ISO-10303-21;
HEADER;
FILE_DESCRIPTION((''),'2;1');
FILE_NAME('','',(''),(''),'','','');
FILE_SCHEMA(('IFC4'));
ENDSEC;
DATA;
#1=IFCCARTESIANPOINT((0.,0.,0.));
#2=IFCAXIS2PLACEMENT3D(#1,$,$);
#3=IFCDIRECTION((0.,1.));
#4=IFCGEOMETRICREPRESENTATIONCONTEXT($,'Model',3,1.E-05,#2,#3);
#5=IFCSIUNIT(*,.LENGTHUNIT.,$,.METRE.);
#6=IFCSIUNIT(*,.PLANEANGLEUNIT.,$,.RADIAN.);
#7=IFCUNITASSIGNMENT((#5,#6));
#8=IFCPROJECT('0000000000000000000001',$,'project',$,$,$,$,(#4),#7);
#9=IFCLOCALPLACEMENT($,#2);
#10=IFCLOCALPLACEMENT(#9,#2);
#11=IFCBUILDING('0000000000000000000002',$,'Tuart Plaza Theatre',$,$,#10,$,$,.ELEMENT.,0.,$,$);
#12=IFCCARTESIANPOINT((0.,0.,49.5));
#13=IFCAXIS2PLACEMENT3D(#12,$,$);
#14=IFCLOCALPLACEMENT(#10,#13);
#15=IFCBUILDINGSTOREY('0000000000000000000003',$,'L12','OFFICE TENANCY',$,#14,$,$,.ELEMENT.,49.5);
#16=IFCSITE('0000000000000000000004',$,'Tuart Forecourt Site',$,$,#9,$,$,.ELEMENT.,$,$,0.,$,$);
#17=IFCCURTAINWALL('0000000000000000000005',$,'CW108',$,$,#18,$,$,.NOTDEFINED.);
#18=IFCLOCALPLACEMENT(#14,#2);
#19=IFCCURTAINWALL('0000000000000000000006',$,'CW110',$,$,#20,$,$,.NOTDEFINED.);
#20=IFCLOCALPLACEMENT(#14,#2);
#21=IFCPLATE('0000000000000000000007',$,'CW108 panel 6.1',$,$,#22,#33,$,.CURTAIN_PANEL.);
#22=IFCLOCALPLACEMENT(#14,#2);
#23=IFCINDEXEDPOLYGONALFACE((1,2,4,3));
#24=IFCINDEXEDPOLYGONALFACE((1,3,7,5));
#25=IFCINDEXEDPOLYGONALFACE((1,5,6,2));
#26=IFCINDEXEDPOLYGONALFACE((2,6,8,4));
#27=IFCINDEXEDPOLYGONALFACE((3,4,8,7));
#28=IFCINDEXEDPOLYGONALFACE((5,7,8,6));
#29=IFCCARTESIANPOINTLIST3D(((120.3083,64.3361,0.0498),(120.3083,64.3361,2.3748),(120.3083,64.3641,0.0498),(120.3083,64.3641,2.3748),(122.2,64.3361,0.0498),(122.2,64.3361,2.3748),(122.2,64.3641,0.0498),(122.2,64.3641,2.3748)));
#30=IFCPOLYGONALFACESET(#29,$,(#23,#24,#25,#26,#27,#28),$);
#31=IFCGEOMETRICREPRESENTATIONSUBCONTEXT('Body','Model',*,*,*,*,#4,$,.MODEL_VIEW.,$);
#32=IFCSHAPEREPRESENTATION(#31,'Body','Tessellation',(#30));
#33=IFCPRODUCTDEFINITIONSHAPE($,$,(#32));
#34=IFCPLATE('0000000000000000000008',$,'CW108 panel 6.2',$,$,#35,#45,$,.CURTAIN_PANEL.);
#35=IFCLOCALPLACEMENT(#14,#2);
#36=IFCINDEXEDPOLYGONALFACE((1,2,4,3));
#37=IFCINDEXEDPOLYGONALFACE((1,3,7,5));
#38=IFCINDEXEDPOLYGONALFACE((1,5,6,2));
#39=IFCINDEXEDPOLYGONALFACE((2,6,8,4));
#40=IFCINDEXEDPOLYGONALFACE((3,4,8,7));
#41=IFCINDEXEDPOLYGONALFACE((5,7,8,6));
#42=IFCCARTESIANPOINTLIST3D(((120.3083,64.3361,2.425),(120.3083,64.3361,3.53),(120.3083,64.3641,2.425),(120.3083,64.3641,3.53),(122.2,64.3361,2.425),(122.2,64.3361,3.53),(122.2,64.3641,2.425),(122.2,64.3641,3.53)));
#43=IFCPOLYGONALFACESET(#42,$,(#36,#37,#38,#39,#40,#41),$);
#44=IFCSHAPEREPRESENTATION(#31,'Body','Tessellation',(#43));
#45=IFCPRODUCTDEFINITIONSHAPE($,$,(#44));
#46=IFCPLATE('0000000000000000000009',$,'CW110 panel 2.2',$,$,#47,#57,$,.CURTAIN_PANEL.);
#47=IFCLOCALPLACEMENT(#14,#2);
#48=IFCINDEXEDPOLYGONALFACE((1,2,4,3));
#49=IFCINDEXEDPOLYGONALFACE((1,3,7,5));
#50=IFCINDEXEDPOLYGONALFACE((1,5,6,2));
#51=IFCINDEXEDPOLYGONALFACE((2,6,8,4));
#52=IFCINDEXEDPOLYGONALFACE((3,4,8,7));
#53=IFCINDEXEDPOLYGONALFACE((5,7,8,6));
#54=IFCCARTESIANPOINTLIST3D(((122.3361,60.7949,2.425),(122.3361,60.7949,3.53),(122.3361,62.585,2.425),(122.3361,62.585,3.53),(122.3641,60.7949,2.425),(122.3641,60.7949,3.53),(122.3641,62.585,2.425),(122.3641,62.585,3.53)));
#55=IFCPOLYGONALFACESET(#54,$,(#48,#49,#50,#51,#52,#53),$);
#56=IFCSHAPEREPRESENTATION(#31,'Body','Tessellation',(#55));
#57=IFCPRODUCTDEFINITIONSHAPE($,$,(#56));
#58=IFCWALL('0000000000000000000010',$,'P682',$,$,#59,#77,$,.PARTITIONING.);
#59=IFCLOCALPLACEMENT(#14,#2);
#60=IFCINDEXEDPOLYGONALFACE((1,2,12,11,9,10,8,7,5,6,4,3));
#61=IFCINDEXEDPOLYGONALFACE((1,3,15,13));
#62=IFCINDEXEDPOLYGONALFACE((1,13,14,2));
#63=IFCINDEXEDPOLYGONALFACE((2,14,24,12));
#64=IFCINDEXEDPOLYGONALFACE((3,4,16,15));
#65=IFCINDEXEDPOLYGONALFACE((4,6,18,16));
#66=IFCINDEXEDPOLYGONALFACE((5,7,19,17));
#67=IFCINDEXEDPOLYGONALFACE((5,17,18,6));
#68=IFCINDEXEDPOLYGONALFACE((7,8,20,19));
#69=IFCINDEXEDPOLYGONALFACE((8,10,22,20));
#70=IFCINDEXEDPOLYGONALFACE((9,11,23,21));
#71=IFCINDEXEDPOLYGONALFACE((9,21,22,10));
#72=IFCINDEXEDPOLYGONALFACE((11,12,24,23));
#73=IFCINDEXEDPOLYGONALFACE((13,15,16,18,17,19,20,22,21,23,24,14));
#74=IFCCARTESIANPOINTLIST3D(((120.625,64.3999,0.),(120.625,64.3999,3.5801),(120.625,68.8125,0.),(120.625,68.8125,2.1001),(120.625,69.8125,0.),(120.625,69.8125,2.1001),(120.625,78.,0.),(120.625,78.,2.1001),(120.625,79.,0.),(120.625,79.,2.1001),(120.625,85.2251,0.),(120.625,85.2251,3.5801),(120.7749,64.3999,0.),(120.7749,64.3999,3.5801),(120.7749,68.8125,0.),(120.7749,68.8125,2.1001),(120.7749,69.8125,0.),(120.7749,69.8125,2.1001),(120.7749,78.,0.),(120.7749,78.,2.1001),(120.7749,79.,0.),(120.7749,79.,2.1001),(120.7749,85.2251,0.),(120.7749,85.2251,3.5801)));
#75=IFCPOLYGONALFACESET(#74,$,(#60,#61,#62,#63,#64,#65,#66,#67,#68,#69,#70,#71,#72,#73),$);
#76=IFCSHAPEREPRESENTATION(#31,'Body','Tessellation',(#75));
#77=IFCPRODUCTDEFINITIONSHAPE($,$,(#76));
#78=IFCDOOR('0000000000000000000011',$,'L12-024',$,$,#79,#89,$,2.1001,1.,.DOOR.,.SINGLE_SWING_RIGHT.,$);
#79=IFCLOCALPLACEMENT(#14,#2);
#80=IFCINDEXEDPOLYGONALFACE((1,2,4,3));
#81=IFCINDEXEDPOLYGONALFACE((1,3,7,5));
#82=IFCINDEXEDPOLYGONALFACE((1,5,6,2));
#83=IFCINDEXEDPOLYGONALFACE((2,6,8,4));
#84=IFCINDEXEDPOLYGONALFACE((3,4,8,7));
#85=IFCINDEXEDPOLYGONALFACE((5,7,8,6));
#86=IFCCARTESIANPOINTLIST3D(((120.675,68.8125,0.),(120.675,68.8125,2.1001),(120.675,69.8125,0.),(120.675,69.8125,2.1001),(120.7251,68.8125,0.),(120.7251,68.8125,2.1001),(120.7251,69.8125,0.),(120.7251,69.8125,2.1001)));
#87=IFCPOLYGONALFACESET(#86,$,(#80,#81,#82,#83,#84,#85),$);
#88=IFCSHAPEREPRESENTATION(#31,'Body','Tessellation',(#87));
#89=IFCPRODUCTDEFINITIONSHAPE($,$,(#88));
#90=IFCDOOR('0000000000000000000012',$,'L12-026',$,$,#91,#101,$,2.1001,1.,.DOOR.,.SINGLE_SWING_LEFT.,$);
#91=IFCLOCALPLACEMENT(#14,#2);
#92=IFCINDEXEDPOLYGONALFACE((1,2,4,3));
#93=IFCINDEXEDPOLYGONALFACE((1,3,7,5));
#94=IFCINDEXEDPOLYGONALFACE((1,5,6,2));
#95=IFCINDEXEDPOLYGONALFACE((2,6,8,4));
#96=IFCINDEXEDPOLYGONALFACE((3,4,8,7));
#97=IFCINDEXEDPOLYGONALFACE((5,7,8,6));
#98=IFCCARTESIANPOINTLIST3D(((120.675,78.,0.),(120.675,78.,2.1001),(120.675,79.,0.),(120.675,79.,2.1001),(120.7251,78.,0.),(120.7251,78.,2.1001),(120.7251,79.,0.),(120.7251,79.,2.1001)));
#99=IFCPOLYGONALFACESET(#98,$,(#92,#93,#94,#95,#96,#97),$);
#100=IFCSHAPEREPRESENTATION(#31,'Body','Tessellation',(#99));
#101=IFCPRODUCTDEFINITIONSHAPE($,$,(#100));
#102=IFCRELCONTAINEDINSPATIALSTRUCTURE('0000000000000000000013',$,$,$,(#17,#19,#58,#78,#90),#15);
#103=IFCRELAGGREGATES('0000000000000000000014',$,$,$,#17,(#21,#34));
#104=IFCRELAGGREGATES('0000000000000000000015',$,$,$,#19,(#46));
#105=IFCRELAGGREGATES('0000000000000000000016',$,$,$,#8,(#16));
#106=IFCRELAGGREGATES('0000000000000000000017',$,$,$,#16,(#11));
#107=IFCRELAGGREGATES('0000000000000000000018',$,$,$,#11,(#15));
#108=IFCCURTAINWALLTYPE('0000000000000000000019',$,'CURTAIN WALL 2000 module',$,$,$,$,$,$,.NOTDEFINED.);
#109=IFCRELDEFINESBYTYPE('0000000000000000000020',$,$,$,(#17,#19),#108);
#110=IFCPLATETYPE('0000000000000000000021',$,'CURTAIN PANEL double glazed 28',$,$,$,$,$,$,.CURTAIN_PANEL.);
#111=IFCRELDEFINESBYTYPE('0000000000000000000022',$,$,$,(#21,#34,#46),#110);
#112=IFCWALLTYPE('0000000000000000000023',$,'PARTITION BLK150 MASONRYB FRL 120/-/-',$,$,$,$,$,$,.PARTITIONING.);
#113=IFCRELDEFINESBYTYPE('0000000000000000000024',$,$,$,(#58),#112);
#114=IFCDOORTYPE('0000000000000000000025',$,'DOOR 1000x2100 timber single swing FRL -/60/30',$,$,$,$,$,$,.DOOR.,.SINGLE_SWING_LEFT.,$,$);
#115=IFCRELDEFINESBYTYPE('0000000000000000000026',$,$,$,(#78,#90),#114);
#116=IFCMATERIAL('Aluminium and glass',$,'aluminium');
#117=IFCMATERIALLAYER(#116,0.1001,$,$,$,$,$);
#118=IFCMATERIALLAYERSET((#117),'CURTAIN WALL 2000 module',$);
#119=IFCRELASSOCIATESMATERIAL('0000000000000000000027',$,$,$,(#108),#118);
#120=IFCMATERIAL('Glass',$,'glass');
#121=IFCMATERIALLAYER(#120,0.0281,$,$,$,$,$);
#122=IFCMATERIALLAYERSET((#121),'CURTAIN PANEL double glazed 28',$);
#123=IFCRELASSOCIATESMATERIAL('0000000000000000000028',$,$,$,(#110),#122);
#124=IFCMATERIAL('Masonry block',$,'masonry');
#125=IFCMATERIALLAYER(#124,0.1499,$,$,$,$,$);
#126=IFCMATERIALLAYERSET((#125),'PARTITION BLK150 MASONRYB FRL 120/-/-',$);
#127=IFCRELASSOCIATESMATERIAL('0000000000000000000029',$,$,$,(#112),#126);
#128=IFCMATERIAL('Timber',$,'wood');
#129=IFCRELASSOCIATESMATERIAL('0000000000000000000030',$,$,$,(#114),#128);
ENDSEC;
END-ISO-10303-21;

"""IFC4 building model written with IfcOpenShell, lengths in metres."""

from ifc_helpers import new_model, si_unit, direction, frame, frame_2d, origin, origin_2d, place, context, subcontext, project, spatial, rectangle, extrude, material, layer, layer_set, type_object, element, fill, aggregate, save


model = new_model("IFC4")

# Units and contexts
model_context = context("Model", 3, precision=1e-05, world=origin(), true_north=direction((0.0, 1.0)))
body_context = subcontext(model_context, "Body", "Model", "MODEL_VIEW")
ifc_project = project(units=[si_unit("LENGTHUNIT", "METRE"), si_unit("PLANEANGLEUNIT", "RADIAN")], contexts=[model_context])

# Site, building, storey
site_placement = place(None, origin())
site = spatial("IfcSite", under=ifc_project, at=site_placement, Name="Tuart Forecourt Site", CompositionType="ELEMENT", RefElevation=0.0)
building_placement = place(site_placement, origin())
building = spatial("IfcBuilding", under=site, at=building_placement, Name="Tuart Plaza Theatre", CompositionType="ELEMENT", ElevationOfRefHeight=0.0)
storey_placement = place(building_placement, frame((0.0, 0.0, 49.5)))
storey = spatial("IfcBuildingStorey", under=building, at=storey_placement, Name="L12", Description="OFFICE TENANCY", CompositionType="ELEMENT", Elevation=49.5)

# Curtain walls
ifc_material_1 = material(Name="Aluminium and glass", Category="aluminium")
ifc_layer_1 = layer(ifc_material_1, 0.1001)
ifc_layer_set_1 = layer_set([ifc_layer_1], Name="CURTAIN WALL 2000 module")
curtain_wall_type = type_object("IfcCurtainWallType", Name="CURTAIN WALL 2000 module", PredefinedType="NOTDEFINED", material=ifc_layer_set_1)
curtain_wall_1_placement = place(storey_placement, origin())
curtain_wall_1 = element("IfcCurtainWall", 1, at=curtain_wall_1_placement, inside=storey, type_object=curtain_wall_type, Name="CW108", PredefinedType="NOTDEFINED")
curtain_wall_2_placement = place(storey_placement, origin())
curtain_wall_2 = element("IfcCurtainWall", 2, at=curtain_wall_2_placement, inside=storey, type_object=curtain_wall_type, Name="CW110", PredefinedType="NOTDEFINED")

# Plates
ifc_material_2 = material(Name="Glass", Category="glass")
ifc_layer_2 = layer(ifc_material_2, 0.0281)
ifc_layer_set_2 = layer_set([ifc_layer_2], Name="CURTAIN PANEL double glazed 28")
plate_type = type_object("IfcPlateType", Name="CURTAIN PANEL double glazed 28", PredefinedType="CURTAIN_PANEL", material=ifc_layer_set_2)
plate_1_placement = place(storey_placement, frame((121.2542, 64.3501, 0.0498), z_axis=(0.0, 0.0, 1.0), x_axis=(1.0, 0.0, 0.0)))
plate_1 = element("IfcPlate", 3, at=plate_1_placement, type_object=plate_type, Name="CW108 panel 6.1", PredefinedType="CURTAIN_PANEL", context=body_context, shape_type="SweptSolid", body=[
    extrude(rectangle(XDim=1.8916, YDim=0.0281, at=origin_2d()), origin(), (0.0, 0.0, 1.0), 2.325),
])
plate_2_placement = place(storey_placement, frame((121.2542, 64.3501, 2.425), z_axis=(0.0, 0.0, 1.0), x_axis=(1.0, 0.0, 0.0)))
plate_2 = element("IfcPlate", 4, at=plate_2_placement, type_object=plate_type, Name="CW108 panel 6.2", PredefinedType="CURTAIN_PANEL", context=body_context, shape_type="SweptSolid", body=[
    extrude(rectangle(XDim=1.8916, YDim=0.0281, at=origin_2d()), origin(), (0.0, 0.0, 1.0), 1.105),
])
aggregate(curtain_wall_1, [plate_1, plate_2])
plate_3_placement = place(storey_placement, frame((122.3501, 61.6899, 2.425), z_axis=(0.0, 0.0, 1.0), x_axis=(0.0, -1.0, 0.0)))
plate_3 = element("IfcPlate", 5, at=plate_3_placement, type_object=plate_type, Name="CW110 panel 2.2", PredefinedType="CURTAIN_PANEL", context=body_context, shape_type="SweptSolid", body=[
    extrude(rectangle(XDim=1.79, YDim=0.0281, at=origin_2d()), origin(), (0.0, 0.0, 1.0), 1.105),
])
aggregate(curtain_wall_2, [plate_3])

# Wall, openings, doors
ifc_material_3 = material(Name="Masonry block", Category="masonry")
ifc_layer_3 = layer(ifc_material_3, 0.1499)
ifc_layer_set_3 = layer_set([ifc_layer_3], Name="PARTITION BLK150 MASONRYB FRL 120/-/-")
wall_type = type_object("IfcWallType", Name="PARTITION BLK150 MASONRYB FRL 120/-/-", PredefinedType="PARTITIONING", material=ifc_layer_set_3)
wall_placement = place(storey_placement, frame((120.7, 64.3999, 0.0), z_axis=(0.0, 0.0, 1.0), x_axis=(0.0, 1.0, 0.0)))
wall = element("IfcWall", 6, at=wall_placement, inside=storey, type_object=wall_type, Name="P682", PredefinedType="PARTITIONING", context=body_context, shape_type="SweptSolid", body=[
    extrude(rectangle(XDim=20.8252, YDim=0.1499, at=frame_2d((10.4126, 0.0))), origin(), (0.0, 0.0, 1.0), 3.5801),
])
opening_1_placement = place(wall_placement, frame((4.4126, 0.0, 0.0)))
opening_1 = element("IfcOpeningElement", 7, at=opening_1_placement, cuts=wall, PredefinedType="OPENING", context=body_context, shape_type="SweptSolid", body=[
    extrude(rectangle(XDim=1.0, YDim=2.1001, at=frame_2d((0.5, 1.05))), frame((0.0, 0.085, 0.0), z_axis=(0.0, -1.0, 0.0), x_axis=(1.0, 0.0, 0.0)), (0.0, 0.0, 1.0), 0.1699),
])
opening_2_placement = place(wall_placement, frame((13.6001, 0.0, 0.0)))
opening_2 = element("IfcOpeningElement", 8, at=opening_2_placement, cuts=wall, PredefinedType="OPENING", context=body_context, shape_type="SweptSolid", body=[
    extrude(rectangle(XDim=1.0, YDim=2.1001, at=frame_2d((0.5, 1.05))), frame((0.0, 0.085, 0.0), z_axis=(0.0, -1.0, 0.0), x_axis=(1.0, 0.0, 0.0)), (0.0, 0.0, 1.0), 0.1699),
])
ifc_material_4 = material(Name="Timber", Category="wood")
door_type = type_object("IfcDoorType", Name="DOOR 1000x2100 timber single swing FRL -/60/30", OperationType="SINGLE_SWING_LEFT", PredefinedType="DOOR", material=ifc_material_4)
door_1_placement = place(opening_1_placement, origin())
door_1 = element("IfcDoor", 9, at=door_1_placement, inside=storey, type_object=door_type, Name="L12-024", OperationType="SINGLE_SWING_RIGHT", OverallHeight=2.1001, OverallWidth=1.0, PredefinedType="DOOR", context=body_context, shape_type="SweptSolid", body=[
    extrude(rectangle(XDim=1.0, YDim=2.1001, at=frame_2d((0.5, 1.05))), frame((0.0, 0.0249, 0.0), z_axis=(0.0, -1.0, 0.0), x_axis=(1.0, 0.0, 0.0)), (0.0, 0.0, 1.0), 0.05),
])
fill(opening_1, door_1)
door_2_placement = place(opening_2_placement, origin())
door_2 = element("IfcDoor", 10, at=door_2_placement, inside=storey, type_object=door_type, Name="L12-026", OperationType="SINGLE_SWING_LEFT", OverallHeight=2.1001, OverallWidth=1.0, PredefinedType="DOOR", context=body_context, shape_type="SweptSolid", body=[
    extrude(rectangle(XDim=1.0, YDim=2.1001, at=frame_2d((0.5, 1.05))), frame((0.0, 0.0249, 0.0), z_axis=(0.0, -1.0, 0.0), x_axis=(1.0, 0.0, 0.0)), (0.0, 0.0, 1.0), 0.05),
])
fill(opening_2, door_2)

save(model, "model.ifc")
